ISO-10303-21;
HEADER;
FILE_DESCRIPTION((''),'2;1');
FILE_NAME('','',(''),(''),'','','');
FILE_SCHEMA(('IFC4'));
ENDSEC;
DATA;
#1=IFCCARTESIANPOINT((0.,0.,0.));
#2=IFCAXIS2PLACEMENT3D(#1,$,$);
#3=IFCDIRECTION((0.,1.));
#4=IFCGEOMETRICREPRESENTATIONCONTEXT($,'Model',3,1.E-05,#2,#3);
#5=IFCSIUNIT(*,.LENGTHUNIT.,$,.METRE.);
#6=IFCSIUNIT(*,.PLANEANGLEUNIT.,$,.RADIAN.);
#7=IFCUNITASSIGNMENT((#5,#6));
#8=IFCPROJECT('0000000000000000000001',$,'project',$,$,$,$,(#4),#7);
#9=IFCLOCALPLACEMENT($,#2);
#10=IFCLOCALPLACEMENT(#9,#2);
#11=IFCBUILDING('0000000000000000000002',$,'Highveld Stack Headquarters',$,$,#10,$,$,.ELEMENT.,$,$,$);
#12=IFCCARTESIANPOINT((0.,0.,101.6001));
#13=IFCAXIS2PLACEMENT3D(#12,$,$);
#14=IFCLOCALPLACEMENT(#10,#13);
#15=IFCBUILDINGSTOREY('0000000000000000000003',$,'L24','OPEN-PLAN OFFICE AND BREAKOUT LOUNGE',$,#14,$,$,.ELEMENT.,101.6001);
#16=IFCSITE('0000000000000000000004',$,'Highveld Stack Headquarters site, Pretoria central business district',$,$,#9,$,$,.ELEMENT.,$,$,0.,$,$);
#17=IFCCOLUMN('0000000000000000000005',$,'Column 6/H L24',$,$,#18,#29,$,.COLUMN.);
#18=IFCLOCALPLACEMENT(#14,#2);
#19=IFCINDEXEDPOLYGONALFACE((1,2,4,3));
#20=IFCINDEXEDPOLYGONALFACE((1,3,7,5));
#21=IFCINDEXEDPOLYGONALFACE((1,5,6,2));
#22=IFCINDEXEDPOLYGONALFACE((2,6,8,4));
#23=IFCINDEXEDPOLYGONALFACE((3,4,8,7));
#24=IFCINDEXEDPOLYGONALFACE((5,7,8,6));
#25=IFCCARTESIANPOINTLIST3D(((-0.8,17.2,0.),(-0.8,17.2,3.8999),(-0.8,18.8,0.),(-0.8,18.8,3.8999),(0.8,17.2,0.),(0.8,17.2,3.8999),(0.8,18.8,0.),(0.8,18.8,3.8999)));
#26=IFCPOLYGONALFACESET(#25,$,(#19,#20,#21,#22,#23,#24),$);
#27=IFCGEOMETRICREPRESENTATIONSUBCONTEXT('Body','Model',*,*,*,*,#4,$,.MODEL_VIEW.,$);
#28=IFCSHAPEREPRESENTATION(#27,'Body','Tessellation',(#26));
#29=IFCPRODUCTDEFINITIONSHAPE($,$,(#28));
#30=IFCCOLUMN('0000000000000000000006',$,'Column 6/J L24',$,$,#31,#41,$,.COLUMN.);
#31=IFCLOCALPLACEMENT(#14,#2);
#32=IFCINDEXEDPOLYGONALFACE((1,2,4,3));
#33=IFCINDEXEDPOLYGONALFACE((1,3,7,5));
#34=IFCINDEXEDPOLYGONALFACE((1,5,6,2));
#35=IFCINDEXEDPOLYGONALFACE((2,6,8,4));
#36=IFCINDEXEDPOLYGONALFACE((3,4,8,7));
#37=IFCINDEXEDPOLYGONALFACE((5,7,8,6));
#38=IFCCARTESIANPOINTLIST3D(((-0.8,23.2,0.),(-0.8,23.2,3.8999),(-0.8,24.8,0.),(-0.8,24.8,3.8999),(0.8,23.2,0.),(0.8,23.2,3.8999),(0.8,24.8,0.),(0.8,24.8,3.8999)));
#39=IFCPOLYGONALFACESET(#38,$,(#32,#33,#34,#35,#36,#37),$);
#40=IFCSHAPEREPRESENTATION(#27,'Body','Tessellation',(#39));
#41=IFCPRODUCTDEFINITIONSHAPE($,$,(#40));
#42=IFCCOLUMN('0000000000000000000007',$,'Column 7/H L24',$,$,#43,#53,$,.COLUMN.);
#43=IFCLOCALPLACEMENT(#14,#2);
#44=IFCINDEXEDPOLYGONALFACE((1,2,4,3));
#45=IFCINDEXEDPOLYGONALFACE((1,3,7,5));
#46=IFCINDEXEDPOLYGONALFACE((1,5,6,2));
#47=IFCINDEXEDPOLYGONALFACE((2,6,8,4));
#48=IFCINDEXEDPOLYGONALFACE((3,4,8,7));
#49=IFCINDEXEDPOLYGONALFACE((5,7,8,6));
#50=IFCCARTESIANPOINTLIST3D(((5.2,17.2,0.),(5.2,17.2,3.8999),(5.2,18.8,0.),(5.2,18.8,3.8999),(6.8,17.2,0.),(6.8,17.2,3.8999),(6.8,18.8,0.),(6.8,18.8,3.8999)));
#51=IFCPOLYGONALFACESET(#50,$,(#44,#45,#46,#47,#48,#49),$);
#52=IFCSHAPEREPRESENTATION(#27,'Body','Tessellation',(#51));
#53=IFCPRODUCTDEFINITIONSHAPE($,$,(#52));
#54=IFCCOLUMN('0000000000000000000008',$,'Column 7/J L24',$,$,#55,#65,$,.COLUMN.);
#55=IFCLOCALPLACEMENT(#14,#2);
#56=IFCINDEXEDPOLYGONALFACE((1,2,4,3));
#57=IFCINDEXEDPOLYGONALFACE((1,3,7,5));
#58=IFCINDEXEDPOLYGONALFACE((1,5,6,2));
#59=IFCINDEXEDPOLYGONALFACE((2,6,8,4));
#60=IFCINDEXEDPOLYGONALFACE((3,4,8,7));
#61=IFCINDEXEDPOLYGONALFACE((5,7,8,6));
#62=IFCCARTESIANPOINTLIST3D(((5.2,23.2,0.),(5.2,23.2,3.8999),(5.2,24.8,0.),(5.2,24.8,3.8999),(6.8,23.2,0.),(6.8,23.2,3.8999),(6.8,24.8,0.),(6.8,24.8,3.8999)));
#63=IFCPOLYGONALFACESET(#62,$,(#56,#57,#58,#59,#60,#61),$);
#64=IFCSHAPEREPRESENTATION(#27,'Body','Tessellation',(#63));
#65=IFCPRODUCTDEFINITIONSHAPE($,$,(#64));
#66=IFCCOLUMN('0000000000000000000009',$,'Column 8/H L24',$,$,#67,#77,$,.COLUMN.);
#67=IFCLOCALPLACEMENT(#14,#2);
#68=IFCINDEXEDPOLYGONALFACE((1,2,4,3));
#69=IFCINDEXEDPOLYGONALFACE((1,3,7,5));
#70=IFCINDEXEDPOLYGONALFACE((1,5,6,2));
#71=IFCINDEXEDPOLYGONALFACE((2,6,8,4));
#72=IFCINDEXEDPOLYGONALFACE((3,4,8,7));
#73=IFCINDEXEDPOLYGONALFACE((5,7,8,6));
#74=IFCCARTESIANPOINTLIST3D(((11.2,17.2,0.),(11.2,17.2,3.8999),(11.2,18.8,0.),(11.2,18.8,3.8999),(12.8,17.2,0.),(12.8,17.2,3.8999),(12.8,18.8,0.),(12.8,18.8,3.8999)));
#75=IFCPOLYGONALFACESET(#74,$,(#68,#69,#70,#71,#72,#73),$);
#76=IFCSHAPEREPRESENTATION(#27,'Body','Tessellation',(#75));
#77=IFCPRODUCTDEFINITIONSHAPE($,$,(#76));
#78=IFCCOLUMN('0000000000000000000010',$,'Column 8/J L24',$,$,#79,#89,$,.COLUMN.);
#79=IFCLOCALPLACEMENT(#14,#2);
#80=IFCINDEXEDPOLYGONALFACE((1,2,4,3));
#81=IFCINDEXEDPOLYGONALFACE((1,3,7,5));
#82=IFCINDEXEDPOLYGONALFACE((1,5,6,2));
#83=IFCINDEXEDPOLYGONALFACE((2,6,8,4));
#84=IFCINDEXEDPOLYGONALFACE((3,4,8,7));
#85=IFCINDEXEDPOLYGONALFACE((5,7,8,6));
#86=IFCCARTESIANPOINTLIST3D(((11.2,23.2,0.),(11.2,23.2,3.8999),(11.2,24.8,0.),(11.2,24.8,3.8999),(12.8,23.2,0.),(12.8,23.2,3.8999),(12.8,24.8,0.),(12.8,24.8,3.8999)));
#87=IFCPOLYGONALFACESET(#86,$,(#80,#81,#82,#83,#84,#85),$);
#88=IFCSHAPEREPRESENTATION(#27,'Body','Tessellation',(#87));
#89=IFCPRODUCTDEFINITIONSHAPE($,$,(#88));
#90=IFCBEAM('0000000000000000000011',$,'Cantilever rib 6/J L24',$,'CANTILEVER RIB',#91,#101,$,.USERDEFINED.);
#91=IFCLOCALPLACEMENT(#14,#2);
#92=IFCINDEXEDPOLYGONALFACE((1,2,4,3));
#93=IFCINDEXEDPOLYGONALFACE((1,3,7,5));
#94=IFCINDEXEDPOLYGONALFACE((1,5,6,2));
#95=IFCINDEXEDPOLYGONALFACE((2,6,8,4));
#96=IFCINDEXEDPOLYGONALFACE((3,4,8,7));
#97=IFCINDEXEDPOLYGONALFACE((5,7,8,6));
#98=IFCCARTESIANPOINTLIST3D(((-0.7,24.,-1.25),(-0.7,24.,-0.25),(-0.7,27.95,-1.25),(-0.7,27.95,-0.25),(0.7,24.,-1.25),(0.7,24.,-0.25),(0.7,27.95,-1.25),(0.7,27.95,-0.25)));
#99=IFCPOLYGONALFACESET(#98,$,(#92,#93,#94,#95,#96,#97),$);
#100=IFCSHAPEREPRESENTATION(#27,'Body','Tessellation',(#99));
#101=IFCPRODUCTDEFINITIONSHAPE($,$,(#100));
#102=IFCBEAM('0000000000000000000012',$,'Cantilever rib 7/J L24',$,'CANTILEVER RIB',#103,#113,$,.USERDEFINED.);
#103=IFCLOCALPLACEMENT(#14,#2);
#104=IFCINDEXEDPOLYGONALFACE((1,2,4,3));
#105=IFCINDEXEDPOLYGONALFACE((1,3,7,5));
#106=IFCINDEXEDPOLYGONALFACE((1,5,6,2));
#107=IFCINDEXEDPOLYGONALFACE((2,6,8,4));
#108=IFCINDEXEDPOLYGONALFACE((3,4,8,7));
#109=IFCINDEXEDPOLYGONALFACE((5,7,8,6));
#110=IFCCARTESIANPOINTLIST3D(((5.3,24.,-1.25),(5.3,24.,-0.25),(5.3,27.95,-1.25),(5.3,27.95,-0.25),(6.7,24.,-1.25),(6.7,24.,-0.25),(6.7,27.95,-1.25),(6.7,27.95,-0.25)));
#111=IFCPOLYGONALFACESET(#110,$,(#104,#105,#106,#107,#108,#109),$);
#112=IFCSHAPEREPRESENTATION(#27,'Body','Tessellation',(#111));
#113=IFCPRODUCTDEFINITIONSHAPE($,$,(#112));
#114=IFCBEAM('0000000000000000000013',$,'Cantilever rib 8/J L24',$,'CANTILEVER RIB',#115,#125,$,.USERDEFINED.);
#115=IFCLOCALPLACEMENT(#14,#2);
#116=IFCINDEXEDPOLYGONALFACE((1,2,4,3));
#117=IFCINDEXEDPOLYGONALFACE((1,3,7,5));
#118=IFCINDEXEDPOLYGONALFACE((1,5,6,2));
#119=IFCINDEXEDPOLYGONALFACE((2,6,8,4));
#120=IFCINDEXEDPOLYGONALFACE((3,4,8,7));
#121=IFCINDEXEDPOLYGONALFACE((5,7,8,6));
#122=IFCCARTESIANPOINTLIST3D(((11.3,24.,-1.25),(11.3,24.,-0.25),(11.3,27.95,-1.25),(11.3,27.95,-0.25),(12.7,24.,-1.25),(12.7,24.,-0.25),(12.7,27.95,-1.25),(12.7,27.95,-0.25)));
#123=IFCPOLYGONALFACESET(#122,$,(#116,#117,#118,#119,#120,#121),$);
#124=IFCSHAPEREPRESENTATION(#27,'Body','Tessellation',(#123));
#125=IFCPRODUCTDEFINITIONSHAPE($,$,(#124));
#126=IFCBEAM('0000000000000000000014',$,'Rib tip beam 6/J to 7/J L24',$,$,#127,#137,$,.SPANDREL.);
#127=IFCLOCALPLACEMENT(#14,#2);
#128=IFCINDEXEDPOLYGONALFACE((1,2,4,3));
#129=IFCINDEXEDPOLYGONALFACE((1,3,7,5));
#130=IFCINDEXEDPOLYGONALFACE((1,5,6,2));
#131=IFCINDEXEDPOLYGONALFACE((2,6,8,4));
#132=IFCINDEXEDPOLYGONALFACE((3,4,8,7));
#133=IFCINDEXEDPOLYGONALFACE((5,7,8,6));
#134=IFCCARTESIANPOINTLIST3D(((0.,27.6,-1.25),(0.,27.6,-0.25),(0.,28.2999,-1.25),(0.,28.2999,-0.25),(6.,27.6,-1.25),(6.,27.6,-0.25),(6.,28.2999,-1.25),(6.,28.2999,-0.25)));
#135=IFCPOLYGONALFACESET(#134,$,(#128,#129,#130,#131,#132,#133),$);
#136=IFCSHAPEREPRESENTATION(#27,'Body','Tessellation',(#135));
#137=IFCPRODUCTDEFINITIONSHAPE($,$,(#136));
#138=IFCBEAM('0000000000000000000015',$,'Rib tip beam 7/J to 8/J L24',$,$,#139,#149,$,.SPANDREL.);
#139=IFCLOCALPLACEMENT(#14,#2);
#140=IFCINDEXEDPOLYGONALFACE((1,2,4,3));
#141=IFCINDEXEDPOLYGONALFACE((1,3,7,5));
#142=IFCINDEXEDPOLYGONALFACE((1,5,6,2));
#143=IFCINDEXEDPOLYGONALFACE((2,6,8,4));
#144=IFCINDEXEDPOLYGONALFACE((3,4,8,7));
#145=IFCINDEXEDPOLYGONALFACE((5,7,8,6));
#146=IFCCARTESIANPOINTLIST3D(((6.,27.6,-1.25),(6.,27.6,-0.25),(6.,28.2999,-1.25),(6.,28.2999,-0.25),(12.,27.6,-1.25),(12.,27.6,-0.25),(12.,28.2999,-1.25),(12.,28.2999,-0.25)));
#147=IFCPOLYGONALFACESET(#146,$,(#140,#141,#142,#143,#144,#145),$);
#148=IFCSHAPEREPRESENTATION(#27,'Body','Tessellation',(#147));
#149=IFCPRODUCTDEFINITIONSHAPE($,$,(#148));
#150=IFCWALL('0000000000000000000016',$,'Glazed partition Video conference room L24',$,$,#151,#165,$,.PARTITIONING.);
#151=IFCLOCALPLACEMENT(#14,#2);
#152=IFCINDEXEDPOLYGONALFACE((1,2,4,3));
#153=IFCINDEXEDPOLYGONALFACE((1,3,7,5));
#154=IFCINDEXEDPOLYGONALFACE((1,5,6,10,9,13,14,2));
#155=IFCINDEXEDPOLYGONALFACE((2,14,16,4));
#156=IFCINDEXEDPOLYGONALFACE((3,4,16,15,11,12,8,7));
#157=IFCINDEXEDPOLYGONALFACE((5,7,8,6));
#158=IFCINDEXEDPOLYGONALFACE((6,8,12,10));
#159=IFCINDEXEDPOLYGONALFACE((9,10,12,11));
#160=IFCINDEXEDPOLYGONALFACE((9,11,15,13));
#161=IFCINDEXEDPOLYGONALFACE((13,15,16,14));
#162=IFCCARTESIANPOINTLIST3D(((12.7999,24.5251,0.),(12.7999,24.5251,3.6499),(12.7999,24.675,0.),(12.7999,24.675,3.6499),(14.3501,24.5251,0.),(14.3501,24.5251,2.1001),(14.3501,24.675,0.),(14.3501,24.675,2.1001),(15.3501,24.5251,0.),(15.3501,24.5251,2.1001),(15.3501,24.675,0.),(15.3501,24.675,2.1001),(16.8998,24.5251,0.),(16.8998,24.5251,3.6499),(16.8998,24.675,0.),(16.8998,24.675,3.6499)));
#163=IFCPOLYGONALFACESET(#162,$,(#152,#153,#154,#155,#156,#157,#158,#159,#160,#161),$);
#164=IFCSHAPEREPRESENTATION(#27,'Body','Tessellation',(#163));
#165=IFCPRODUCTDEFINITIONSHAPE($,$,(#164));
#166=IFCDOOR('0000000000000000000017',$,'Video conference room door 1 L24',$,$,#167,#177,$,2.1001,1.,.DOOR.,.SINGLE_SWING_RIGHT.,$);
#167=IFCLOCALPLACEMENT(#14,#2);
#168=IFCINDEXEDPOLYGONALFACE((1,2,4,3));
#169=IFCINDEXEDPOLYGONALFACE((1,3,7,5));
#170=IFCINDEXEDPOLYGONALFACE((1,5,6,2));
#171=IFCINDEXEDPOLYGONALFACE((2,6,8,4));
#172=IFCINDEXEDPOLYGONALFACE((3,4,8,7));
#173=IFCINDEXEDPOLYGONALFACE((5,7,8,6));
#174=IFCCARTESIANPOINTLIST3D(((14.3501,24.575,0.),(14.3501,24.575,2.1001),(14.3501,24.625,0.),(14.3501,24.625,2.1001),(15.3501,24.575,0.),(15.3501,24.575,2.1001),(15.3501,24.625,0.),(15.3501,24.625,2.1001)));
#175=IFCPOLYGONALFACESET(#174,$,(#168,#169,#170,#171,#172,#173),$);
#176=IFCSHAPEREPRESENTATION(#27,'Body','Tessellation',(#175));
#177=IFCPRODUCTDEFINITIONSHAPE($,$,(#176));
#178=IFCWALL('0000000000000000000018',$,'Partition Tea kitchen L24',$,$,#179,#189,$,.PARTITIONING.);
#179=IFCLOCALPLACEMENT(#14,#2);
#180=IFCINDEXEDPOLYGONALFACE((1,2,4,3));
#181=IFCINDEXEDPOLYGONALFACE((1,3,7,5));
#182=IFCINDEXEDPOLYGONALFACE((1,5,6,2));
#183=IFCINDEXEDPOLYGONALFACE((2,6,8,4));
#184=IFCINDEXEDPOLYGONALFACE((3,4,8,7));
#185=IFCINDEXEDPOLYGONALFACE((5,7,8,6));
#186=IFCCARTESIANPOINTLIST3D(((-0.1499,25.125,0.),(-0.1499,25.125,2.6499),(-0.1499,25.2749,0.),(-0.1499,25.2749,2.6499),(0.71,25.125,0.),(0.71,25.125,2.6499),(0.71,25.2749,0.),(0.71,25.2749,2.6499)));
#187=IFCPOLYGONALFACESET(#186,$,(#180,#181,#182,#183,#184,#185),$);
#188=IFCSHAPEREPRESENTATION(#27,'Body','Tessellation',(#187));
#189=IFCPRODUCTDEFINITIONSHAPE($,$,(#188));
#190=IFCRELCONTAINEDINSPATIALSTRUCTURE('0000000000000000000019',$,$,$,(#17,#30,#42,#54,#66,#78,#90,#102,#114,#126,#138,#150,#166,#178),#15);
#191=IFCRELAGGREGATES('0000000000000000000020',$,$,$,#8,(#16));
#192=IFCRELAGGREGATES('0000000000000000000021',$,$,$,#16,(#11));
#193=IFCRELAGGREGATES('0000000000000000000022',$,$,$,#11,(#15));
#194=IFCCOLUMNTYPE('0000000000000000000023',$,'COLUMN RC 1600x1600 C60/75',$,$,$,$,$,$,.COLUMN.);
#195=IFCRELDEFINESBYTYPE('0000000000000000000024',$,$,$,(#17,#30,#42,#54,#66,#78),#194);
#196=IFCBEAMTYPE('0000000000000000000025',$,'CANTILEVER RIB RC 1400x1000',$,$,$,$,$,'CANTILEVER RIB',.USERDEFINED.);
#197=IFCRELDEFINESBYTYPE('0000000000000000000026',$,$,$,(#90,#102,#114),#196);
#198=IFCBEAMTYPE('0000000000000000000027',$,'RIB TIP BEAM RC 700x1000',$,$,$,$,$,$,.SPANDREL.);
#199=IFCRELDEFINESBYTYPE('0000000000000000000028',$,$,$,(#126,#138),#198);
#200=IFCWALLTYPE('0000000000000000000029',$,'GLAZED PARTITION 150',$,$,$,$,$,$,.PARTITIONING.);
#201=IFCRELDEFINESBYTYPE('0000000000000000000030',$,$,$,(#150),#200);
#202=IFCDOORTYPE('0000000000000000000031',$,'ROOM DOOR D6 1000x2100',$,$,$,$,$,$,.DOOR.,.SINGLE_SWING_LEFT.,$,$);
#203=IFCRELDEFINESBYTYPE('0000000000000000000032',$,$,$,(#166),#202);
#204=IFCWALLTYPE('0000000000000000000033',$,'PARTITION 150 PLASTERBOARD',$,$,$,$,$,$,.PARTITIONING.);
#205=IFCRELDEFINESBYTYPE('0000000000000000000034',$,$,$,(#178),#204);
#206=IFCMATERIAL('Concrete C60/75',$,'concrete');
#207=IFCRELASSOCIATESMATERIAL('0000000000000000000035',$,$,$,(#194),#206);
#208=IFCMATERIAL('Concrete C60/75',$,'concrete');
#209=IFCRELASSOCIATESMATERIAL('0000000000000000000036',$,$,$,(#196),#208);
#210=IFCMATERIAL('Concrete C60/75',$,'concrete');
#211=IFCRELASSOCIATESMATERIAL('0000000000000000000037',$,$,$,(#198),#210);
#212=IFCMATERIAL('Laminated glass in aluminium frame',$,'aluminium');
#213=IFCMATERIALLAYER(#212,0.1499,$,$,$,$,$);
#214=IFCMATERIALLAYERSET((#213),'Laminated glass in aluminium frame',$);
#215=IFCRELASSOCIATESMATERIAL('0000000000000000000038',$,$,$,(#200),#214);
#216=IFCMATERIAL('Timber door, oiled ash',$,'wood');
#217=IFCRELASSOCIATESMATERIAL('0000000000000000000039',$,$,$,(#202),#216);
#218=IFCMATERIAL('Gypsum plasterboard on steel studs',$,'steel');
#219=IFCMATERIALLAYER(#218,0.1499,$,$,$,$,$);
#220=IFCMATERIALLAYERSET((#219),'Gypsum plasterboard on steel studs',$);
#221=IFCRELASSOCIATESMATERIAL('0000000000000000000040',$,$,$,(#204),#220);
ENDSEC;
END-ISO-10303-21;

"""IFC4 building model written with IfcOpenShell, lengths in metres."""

from ifc_helpers import new_model, si_unit, direction, frame, frame_2d, origin, origin_2d, place, context, subcontext, project, spatial, rectangle, extrude, material, layer, layer_set, material_profile, profile_set, type_object, element, fill, save


model = new_model("IFC4")

# Units and contexts
model_context = context("Model", 3, precision=1e-05, world=origin(), true_north=direction((0.0, 1.0)))
body_context = subcontext(model_context, "Body", "Model", "MODEL_VIEW")
ifc_project = project(units=[si_unit("LENGTHUNIT", "METRE"), si_unit("PLANEANGLEUNIT", "RADIAN")], contexts=[model_context])

# Site, building, storey
site_placement = place(None, origin())
site = spatial("IfcSite", under=ifc_project, at=site_placement, Name="Highveld Stack Headquarters site, Pretoria central business district", CompositionType="ELEMENT", RefElevation=0.0)
building_placement = place(site_placement, origin())
building = spatial("IfcBuilding", under=site, at=building_placement, Name="Highveld Stack Headquarters", CompositionType="ELEMENT")
storey_placement = place(building_placement, frame((0.0, 0.0, 101.6001)))
storey = spatial("IfcBuildingStorey", under=building, at=storey_placement, Name="L24", Description="OPEN-PLAN OFFICE AND BREAKOUT LOUNGE", CompositionType="ELEMENT", Elevation=101.6001)

# Columns
ifc_material_1 = material(Name="Concrete C60/75", Category="concrete")
ifc_material_profile_1 = material_profile(ifc_material_1, rectangle(XDim=1.6001, YDim=1.6001, at=origin_2d()), Name="RC 1600x1600")
ifc_profile_set_1 = profile_set([ifc_material_profile_1], Name="Concrete C60/75")
column_type = type_object("IfcColumnType", Name="COLUMN RC 1600x1600 C60/75", PredefinedType="COLUMN", material=ifc_profile_set_1)
for number, where, z_axis, x_axis, name in (
    (1, (0.0, 18.0, 0.0), (0.0, 0.0, 1.0), (1.0, 0.0, 0.0), "Column 6/H L24"),
    (2, (0.0, 24.0, 0.0), (0.0, 0.0, 1.0), (1.0, 0.0, 0.0), "Column 6/J L24"),
    (3, (6.0, 18.0, 0.0), (0.0, 0.0, 1.0), (1.0, 0.0, 0.0), "Column 7/H L24"),
    (4, (6.0, 24.0, 0.0), (0.0, 0.0, 1.0), (1.0, 0.0, 0.0), "Column 7/J L24"),
    (5, (12.0, 18.0, 0.0), (0.0, 0.0, 1.0), (1.0, 0.0, 0.0), "Column 8/H L24"),
    (6, (12.0, 24.0, 0.0), (0.0, 0.0, 1.0), (1.0, 0.0, 0.0), "Column 8/J L24"),
):
    element("IfcColumn", number, at=place(storey_placement, frame(where, z_axis=z_axis, x_axis=x_axis)), inside=storey, type_object=column_type, Name=name, PredefinedType="COLUMN", context=body_context, shape_type="SweptSolid", body=[
        extrude(rectangle(XDim=1.6001, YDim=1.6001, at=origin_2d()), origin(), (0.0, 0.0, 1.0), 3.8999),
    ])

# Beams
ifc_material_2 = material(Name="Concrete C60/75", Category="concrete")
ifc_material_profile_2 = material_profile(ifc_material_2, rectangle(XDim=1.3999, YDim=1.0, at=origin_2d()), Name="RC 1400x1000")
ifc_profile_set_2 = profile_set([ifc_material_profile_2], Name="Concrete C60/75")
beam_type_1 = type_object("IfcBeamType", Name="CANTILEVER RIB RC 1400x1000", ElementType="CANTILEVER RIB", PredefinedType="USERDEFINED", material=ifc_profile_set_2)
for number, where, z_axis, x_axis, name in (
    (7, (0.0, 24.0, -0.75), (0.0, 1.0, 0.0), (-1.0, 0.0, 0.0), "Cantilever rib 6/J L24"),
    (8, (6.0, 24.0, -0.75), (0.0, 1.0, 0.0), (-1.0, 0.0, 0.0), "Cantilever rib 7/J L24"),
    (9, (12.0, 24.0, -0.75), (0.0, 1.0, 0.0), (-1.0, 0.0, 0.0), "Cantilever rib 8/J L24"),
):
    element("IfcBeam", number, at=place(storey_placement, frame(where, z_axis=z_axis, x_axis=x_axis)), inside=storey, type_object=beam_type_1, Name=name, ObjectType="CANTILEVER RIB", PredefinedType="USERDEFINED", context=body_context, shape_type="SweptSolid", body=[
        extrude(rectangle(XDim=1.3999, YDim=1.0, at=origin_2d()), origin(), (0.0, 0.0, 1.0), 3.95),
    ])
ifc_material_3 = material(Name="Concrete C60/75", Category="concrete")
ifc_material_profile_3 = material_profile(ifc_material_3, rectangle(XDim=0.7, YDim=1.0, at=origin_2d()), Name="RC 700x1000")
ifc_profile_set_3 = profile_set([ifc_material_profile_3], Name="Concrete C60/75")
beam_type_2 = type_object("IfcBeamType", Name="RIB TIP BEAM RC 700x1000", PredefinedType="SPANDREL", material=ifc_profile_set_3)
for number, where, z_axis, x_axis, name in (
    (10, (0.0, 27.95, -0.75), (1.0, 0.0, 0.0), (0.0, 1.0, 0.0), "Rib tip beam 6/J to 7/J L24"),
    (11, (6.0, 27.95, -0.75), (1.0, 0.0, 0.0), (0.0, 1.0, 0.0), "Rib tip beam 7/J to 8/J L24"),
):
    element("IfcBeam", number, at=place(storey_placement, frame(where, z_axis=z_axis, x_axis=x_axis)), inside=storey, type_object=beam_type_2, Name=name, PredefinedType="SPANDREL", context=body_context, shape_type="SweptSolid", body=[
        extrude(rectangle(XDim=0.7, YDim=1.0, at=origin_2d()), origin(), (0.0, 0.0, 1.0), 6.0),
    ])

# Wall, opening, door
ifc_material_4 = material(Name="Laminated glass in aluminium frame", Category="aluminium")
ifc_layer_1 = layer(ifc_material_4, 0.1499)
ifc_layer_set_1 = layer_set([ifc_layer_1], Name="Laminated glass in aluminium frame")
wall_type_1 = type_object("IfcWallType", Name="GLAZED PARTITION 150", PredefinedType="PARTITIONING", material=ifc_layer_set_1)
wall_1_placement = place(storey_placement, frame((12.8, 24.6001, 0.0), z_axis=(0.0, 0.0, 1.0), x_axis=(1.0, 0.0, 0.0)))
wall_1 = element("IfcWall", 12, at=wall_1_placement, inside=storey, type_object=wall_type_1, Name="Glazed partition Video conference room L24", PredefinedType="PARTITIONING", context=body_context, shape_type="SweptSolid", body=[
    extrude(rectangle(XDim=4.0999, YDim=0.1499, at=frame_2d((2.0498, 0.0))), origin(), (0.0, 0.0, 1.0), 3.6499),
])
opening_1_placement = place(wall_1_placement, frame((1.55, 0.0, 0.0)))
opening_1 = element("IfcOpeningElement", 13, at=opening_1_placement, cuts=wall_1, PredefinedType="OPENING", context=body_context, shape_type="SweptSolid", body=[
    extrude(rectangle(XDim=1.0, YDim=2.1001, at=frame_2d((0.5, 1.05))), frame((0.0, 0.085, 0.0), z_axis=(0.0, -1.0, 0.0), x_axis=(1.0, 0.0, 0.0)), (0.0, 0.0, 1.0), 0.1699),
])
ifc_material_5 = material(Name="Timber door, oiled ash", Category="wood")
door_type = type_object("IfcDoorType", Name="ROOM DOOR D6 1000x2100", OperationType="SINGLE_SWING_LEFT", PredefinedType="DOOR", material=ifc_material_5)
door_1_placement = place(opening_1_placement, origin())
door_1 = element("IfcDoor", 14, at=door_1_placement, inside=storey, type_object=door_type, Name="Video conference room door 1 L24", OperationType="SINGLE_SWING_RIGHT", OverallHeight=2.1001, OverallWidth=1.0, PredefinedType="DOOR", context=body_context, shape_type="SweptSolid", body=[
    extrude(rectangle(XDim=1.0, YDim=2.1001, at=frame_2d((0.5, 1.05))), frame((0.0, 0.0249, 0.0), z_axis=(0.0, -1.0, 0.0), x_axis=(1.0, 0.0, 0.0)), (0.0, 0.0, 1.0), 0.05),
])
fill(opening_1, door_1)

# Wall
ifc_material_6 = material(Name="Gypsum plasterboard on steel studs", Category="steel")
ifc_layer_2 = layer(ifc_material_6, 0.1499)
ifc_layer_set_2 = layer_set([ifc_layer_2], Name="Gypsum plasterboard on steel studs")
wall_type_2 = type_object("IfcWallType", Name="PARTITION 150 PLASTERBOARD", PredefinedType="PARTITIONING", material=ifc_layer_set_2)
wall_2_placement = place(storey_placement, frame((-0.1499, 25.2, 0.0), z_axis=(0.0, 0.0, 1.0), x_axis=(1.0, 0.0, 0.0)))
element("IfcWall", 15, at=wall_2_placement, inside=storey, type_object=wall_type_2, Name="Partition Tea kitchen L24", PredefinedType="PARTITIONING", context=body_context, shape_type="SweptSolid", body=[
    extrude(rectangle(XDim=0.8599, YDim=0.1499, at=frame_2d((0.4299, 0.0))), origin(), (0.0, 0.0, 1.0), 2.6499),
])

save(model, "model.ifc")
